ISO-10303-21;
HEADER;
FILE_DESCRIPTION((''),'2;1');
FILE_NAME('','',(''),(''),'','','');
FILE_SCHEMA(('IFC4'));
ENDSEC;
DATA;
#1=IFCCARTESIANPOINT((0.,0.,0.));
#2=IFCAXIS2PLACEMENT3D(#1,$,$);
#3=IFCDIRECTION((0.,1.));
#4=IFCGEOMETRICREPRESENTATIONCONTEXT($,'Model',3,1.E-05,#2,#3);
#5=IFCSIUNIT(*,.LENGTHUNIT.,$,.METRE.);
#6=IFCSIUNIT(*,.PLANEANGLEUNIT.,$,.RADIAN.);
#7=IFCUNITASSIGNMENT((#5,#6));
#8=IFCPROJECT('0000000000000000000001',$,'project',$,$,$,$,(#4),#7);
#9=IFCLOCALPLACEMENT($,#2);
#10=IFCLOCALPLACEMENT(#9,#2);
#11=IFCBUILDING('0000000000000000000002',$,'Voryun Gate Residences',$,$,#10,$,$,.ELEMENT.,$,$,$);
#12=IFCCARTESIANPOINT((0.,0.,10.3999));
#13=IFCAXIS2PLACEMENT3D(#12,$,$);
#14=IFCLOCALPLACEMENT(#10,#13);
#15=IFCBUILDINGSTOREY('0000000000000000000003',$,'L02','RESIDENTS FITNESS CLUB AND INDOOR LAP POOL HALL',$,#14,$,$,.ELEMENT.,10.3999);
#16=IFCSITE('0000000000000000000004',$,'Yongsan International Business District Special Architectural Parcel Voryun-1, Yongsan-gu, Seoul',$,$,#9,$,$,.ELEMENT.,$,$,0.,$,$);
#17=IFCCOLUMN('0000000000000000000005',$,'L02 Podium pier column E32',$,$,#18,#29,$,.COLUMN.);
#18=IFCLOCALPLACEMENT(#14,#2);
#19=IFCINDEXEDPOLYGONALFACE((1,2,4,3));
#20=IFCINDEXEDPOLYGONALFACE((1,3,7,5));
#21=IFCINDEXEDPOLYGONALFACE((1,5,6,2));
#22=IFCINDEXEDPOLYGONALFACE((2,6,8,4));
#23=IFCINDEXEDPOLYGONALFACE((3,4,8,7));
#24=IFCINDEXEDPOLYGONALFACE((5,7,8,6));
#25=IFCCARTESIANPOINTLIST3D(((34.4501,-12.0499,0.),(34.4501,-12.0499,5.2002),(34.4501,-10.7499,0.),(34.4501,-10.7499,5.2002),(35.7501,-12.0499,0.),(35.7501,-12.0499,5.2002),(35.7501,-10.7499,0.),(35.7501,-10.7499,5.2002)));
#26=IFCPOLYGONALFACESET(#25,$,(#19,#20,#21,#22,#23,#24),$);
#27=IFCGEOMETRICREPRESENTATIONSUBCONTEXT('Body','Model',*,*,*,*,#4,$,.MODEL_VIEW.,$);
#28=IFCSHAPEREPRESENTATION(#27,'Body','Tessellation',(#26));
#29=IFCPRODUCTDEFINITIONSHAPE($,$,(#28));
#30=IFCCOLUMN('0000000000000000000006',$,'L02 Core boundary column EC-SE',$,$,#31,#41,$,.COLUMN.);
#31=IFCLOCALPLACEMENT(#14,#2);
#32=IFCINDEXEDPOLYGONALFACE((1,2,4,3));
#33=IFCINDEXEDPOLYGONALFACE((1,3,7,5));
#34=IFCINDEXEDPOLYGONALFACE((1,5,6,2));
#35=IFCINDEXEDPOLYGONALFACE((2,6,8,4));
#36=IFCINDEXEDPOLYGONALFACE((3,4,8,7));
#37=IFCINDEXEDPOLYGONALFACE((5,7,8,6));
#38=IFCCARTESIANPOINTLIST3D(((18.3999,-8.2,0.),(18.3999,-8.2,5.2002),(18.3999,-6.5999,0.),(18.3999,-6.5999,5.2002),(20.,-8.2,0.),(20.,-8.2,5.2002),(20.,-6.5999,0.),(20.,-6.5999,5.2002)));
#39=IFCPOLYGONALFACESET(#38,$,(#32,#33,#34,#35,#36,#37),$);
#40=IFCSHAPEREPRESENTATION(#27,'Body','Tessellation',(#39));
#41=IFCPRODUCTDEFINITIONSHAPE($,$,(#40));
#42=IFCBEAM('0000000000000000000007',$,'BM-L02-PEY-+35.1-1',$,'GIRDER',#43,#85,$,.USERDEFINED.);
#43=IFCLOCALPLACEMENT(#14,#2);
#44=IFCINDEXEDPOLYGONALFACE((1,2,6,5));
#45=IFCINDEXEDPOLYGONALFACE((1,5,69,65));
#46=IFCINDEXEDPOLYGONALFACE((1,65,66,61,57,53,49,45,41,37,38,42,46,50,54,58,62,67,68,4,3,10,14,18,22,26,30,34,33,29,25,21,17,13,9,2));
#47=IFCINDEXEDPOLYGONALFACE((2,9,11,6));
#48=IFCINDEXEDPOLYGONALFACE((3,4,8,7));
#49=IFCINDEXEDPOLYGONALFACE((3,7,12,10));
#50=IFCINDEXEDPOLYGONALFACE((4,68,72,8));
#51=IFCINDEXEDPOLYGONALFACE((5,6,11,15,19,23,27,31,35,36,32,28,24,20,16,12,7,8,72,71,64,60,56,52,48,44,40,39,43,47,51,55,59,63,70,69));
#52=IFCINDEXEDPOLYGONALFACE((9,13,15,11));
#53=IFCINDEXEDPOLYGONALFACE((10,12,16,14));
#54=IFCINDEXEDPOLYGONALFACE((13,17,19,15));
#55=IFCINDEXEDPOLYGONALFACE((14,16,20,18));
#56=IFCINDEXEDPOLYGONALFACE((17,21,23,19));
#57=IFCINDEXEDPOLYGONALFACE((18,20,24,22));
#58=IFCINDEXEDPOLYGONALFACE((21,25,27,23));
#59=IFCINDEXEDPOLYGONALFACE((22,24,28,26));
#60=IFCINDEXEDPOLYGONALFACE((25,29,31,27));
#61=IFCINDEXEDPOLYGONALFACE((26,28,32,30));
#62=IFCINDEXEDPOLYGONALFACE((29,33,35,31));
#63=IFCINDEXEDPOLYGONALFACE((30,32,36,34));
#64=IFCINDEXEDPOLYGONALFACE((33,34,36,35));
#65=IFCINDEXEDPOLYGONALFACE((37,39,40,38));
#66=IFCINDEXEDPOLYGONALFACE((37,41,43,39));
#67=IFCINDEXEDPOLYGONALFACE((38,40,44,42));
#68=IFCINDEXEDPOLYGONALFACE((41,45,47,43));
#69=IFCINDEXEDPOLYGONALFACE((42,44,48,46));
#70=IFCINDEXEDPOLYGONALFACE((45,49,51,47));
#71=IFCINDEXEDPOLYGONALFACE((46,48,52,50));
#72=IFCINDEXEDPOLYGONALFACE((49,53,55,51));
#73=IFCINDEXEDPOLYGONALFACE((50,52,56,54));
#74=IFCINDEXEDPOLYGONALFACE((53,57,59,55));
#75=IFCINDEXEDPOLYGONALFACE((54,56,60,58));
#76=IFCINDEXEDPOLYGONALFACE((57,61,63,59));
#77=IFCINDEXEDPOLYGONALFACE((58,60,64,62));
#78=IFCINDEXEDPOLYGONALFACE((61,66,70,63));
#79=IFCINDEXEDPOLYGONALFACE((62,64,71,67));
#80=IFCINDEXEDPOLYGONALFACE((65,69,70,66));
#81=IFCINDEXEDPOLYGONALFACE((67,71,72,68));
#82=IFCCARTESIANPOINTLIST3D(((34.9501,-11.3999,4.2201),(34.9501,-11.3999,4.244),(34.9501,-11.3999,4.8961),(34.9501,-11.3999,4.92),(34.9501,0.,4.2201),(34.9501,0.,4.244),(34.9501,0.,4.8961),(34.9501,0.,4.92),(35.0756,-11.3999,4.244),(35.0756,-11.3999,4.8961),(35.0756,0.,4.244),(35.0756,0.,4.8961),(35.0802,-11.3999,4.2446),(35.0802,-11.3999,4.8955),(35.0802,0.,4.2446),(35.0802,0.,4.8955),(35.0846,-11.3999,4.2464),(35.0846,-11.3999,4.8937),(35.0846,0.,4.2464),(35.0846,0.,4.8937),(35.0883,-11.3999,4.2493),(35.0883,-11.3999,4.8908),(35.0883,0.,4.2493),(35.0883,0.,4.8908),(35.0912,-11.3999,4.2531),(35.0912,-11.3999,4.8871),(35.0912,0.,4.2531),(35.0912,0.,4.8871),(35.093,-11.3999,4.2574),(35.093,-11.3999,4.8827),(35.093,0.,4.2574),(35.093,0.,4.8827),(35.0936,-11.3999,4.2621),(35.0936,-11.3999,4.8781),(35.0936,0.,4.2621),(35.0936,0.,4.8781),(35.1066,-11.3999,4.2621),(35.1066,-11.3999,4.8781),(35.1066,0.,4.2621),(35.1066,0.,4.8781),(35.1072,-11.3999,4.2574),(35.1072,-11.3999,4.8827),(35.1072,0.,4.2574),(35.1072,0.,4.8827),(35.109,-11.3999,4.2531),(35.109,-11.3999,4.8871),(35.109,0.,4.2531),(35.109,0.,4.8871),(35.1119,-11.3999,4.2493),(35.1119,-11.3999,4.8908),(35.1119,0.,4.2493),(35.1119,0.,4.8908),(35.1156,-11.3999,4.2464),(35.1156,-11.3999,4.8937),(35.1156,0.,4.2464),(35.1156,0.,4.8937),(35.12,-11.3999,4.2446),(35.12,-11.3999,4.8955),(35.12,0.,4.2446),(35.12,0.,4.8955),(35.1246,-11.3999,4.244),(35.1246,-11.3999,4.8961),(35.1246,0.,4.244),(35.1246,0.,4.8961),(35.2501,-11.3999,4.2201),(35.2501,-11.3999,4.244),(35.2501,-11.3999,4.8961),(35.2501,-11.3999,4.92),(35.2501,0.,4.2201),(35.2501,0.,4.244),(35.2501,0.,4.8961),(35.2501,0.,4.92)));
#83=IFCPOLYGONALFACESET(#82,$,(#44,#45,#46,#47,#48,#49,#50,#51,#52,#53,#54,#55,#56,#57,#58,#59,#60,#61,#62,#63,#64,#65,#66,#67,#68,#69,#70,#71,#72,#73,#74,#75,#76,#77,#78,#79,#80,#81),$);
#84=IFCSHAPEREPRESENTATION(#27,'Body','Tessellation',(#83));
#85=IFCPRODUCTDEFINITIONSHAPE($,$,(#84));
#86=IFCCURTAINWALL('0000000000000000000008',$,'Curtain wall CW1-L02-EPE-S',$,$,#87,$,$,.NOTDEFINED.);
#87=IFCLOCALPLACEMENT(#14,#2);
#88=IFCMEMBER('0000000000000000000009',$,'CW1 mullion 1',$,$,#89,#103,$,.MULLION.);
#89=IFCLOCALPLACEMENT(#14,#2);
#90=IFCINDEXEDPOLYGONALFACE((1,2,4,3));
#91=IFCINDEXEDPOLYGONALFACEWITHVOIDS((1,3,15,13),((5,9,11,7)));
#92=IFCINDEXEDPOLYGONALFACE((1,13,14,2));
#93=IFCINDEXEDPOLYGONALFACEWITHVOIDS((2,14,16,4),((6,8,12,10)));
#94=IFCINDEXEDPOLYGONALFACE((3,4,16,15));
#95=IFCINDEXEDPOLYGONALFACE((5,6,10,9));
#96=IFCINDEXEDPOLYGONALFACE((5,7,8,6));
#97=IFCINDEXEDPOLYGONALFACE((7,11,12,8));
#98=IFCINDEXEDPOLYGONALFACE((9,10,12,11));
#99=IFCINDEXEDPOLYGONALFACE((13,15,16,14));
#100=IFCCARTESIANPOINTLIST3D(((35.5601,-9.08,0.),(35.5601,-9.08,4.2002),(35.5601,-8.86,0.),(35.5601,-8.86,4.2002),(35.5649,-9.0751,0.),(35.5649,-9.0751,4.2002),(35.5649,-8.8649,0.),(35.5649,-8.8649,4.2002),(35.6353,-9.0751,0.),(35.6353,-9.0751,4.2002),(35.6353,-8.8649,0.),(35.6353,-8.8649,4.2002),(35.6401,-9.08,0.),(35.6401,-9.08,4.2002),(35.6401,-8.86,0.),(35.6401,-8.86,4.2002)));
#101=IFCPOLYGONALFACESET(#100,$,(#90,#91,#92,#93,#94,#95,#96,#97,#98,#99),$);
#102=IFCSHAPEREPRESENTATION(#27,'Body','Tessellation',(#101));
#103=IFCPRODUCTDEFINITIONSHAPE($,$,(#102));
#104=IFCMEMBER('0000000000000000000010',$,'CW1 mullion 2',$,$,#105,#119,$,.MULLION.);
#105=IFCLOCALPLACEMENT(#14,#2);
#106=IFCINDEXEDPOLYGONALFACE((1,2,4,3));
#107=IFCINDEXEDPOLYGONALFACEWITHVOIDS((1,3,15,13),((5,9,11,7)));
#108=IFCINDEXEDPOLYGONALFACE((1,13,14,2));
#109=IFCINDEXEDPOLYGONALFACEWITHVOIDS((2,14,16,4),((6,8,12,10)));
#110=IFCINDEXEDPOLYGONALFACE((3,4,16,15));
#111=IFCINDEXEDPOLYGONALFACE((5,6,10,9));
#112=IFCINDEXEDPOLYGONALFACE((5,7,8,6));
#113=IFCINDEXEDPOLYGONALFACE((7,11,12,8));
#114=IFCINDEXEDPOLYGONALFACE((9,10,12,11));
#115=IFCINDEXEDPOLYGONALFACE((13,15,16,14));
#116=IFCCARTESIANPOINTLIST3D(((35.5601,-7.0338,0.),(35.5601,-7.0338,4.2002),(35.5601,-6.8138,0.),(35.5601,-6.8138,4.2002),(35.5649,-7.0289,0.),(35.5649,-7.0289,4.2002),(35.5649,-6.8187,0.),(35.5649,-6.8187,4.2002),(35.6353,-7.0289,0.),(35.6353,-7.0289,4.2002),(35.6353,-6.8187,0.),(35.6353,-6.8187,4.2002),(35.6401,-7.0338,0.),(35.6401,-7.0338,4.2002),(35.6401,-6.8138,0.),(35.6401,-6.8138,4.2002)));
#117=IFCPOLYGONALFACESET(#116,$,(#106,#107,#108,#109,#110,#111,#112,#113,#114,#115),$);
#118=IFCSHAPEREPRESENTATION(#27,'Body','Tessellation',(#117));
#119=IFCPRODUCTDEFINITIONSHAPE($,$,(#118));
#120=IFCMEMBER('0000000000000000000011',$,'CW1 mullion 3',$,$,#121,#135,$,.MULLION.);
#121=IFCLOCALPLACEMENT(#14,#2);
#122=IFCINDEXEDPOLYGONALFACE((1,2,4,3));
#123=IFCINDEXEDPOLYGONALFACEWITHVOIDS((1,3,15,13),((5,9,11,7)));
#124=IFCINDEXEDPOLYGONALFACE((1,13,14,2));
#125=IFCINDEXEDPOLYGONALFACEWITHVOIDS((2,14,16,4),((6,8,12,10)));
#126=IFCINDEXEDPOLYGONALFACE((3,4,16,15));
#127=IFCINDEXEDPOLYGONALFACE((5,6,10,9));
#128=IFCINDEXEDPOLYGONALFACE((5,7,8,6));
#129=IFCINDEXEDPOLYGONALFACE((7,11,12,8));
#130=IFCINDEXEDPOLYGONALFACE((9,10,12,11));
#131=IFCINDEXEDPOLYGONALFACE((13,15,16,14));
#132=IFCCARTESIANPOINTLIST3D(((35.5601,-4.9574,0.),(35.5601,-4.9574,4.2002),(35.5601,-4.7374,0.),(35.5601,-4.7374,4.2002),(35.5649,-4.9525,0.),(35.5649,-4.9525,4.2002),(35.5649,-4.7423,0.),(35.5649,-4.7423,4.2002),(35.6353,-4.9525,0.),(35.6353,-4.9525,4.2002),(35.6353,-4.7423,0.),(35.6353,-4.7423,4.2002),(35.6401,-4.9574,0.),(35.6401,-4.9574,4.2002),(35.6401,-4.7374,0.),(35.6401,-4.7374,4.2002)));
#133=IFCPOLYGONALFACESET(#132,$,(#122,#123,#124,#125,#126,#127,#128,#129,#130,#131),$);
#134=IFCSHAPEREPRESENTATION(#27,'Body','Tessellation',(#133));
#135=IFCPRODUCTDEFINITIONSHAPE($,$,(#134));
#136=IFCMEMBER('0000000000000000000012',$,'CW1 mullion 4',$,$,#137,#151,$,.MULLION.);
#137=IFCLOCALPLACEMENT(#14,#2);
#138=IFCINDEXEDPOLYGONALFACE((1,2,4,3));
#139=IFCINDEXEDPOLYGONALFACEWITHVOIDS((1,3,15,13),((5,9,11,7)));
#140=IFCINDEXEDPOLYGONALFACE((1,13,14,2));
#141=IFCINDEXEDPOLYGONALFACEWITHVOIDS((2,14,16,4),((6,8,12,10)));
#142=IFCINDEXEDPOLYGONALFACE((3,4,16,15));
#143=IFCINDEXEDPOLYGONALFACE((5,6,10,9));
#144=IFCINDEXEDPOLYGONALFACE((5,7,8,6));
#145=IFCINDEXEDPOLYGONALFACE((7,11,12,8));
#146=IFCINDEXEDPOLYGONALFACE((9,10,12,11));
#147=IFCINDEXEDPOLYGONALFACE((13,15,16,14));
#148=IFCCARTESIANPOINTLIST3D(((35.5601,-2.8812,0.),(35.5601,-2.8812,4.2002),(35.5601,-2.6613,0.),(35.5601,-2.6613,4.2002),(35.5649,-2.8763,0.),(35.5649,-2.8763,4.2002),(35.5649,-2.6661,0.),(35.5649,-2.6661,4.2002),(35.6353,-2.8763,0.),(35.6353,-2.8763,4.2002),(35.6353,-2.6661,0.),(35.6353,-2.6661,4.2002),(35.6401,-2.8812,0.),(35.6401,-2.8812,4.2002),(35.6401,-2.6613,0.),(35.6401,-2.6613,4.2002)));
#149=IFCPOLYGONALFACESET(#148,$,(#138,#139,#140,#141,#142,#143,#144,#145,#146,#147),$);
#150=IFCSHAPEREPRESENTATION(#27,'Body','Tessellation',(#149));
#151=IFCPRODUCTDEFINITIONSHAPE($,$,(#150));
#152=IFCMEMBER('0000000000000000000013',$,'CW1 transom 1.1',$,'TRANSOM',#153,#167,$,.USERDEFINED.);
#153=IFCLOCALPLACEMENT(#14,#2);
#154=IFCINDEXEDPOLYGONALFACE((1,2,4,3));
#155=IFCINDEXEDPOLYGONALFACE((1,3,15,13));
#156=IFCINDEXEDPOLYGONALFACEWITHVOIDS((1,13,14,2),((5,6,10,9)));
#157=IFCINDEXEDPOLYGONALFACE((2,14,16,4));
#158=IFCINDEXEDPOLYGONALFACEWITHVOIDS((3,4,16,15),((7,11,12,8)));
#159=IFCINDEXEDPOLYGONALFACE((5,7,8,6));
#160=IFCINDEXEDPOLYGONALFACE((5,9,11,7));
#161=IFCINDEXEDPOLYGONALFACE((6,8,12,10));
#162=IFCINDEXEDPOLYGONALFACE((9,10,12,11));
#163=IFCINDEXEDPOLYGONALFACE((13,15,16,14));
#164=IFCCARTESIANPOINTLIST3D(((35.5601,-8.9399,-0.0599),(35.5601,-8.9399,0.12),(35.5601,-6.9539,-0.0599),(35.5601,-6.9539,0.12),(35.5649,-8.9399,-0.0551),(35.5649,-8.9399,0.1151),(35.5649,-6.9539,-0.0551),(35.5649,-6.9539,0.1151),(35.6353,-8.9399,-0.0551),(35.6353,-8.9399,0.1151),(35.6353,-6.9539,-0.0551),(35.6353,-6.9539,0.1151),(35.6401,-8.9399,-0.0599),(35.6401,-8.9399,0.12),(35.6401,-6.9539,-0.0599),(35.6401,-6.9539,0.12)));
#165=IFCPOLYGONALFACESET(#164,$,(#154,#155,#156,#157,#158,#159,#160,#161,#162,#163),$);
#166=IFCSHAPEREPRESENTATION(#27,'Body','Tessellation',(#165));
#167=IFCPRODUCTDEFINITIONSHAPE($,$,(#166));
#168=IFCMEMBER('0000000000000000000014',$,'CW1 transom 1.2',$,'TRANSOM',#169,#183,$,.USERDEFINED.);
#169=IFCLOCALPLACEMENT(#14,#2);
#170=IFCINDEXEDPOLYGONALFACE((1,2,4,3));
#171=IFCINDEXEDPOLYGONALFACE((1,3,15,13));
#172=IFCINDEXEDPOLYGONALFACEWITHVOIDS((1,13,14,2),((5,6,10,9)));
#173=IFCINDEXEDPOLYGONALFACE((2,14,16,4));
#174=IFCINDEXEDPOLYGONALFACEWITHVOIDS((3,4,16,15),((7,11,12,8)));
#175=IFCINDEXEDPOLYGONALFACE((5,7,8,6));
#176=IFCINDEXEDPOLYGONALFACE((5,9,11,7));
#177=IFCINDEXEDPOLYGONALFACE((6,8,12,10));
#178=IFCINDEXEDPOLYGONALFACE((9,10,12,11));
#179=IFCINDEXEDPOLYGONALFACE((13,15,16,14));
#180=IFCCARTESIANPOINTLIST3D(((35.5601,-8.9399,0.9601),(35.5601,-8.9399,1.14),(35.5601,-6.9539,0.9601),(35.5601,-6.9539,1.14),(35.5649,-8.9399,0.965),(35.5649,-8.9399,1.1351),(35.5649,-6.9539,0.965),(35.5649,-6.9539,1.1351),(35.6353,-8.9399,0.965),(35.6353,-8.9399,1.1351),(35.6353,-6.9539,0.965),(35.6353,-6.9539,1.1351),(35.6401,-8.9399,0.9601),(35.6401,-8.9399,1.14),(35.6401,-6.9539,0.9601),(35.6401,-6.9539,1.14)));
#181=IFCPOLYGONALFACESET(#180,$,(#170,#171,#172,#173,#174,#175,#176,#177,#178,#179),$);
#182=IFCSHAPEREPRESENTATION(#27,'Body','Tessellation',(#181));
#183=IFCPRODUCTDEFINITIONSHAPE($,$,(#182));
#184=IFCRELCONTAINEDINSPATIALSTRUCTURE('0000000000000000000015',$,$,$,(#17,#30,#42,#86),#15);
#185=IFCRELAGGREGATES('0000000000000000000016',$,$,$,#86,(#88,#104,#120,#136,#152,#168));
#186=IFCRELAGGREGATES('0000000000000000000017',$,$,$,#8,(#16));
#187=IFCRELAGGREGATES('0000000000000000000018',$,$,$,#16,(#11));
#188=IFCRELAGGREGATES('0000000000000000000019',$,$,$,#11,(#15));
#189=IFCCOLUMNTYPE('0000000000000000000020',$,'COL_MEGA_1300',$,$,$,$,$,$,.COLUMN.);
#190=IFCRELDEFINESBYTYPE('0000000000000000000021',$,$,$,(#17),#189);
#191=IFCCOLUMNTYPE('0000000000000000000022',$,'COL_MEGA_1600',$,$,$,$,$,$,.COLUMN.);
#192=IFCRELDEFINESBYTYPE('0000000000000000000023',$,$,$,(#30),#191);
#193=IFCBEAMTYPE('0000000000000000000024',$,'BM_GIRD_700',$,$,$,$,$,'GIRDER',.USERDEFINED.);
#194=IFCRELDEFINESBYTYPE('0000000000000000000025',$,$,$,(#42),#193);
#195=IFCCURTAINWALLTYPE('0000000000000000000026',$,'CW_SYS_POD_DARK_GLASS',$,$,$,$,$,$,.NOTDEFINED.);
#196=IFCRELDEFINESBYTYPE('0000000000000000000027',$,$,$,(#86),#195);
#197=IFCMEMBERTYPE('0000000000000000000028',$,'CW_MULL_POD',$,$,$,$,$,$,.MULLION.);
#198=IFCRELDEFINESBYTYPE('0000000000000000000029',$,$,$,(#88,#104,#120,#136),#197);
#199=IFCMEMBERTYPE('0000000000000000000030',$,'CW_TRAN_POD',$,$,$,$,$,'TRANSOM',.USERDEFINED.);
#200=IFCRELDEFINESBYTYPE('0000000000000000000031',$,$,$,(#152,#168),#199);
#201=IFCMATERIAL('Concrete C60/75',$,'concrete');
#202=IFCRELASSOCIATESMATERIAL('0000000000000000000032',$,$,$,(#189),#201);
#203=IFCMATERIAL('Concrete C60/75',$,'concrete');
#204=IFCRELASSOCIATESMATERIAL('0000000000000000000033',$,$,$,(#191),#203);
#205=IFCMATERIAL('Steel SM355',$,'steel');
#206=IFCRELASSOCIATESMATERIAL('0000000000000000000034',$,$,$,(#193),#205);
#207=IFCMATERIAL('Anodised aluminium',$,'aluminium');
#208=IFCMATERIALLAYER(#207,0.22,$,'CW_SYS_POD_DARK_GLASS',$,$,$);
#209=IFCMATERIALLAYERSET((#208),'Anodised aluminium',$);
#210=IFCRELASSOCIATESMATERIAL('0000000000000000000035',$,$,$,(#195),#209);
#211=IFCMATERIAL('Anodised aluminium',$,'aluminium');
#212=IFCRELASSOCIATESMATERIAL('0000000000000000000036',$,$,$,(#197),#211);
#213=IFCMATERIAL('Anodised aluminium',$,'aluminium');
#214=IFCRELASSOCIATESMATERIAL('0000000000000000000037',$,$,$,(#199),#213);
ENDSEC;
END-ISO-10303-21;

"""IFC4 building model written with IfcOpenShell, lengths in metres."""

from ifc_helpers import new_model, si_unit, direction, frame, origin, origin_2d, place, context, subcontext, project, spatial, rectangle, hollow_rectangle, i_section, extrude, material, layer, layer_set, material_profile, profile_set, type_object, element, aggregate, save


model = new_model("IFC4")

# Units and contexts
model_context = context("Model", 3, precision=1e-05, world=origin(), true_north=direction((0.0, 1.0)))
body_context = subcontext(model_context, "Body", "Model", "MODEL_VIEW")
ifc_project = project(units=[si_unit("LENGTHUNIT", "METRE"), si_unit("PLANEANGLEUNIT", "RADIAN")], contexts=[model_context])

# Site, building, storey
site_placement = place(None, origin())
site = spatial("IfcSite", under=ifc_project, at=site_placement, Name="Yongsan International Business District Special Architectural Parcel Voryun-1, Yongsan-gu, Seoul", CompositionType="ELEMENT", RefElevation=0.0)
building_placement = place(site_placement, origin())
building = spatial("IfcBuilding", under=site, at=building_placement, Name="Voryun Gate Residences", CompositionType="ELEMENT")
storey_placement = place(building_placement, frame((0.0, 0.0, 10.3999)))
storey = spatial("IfcBuildingStorey", under=building, at=storey_placement, Name="L02", Description="RESIDENTS FITNESS CLUB AND INDOOR LAP POOL HALL", CompositionType="ELEMENT", Elevation=10.3999)

# Columns
ifc_material_1 = material(Name="Concrete C60/75", Category="concrete")
ifc_material_profile_1 = material_profile(ifc_material_1, rectangle(XDim=1.3, YDim=1.3, at=origin_2d()), Name="RC-1300x1300")
ifc_profile_set_1 = profile_set([ifc_material_profile_1], Name="Concrete C60/75")
column_type_1 = type_object("IfcColumnType", Name="COL_MEGA_1300", PredefinedType="COLUMN", material=ifc_profile_set_1)
column_1_placement = place(storey_placement, frame((35.1001, -11.3999, 0.0), z_axis=(0.0, 0.0, 1.0), x_axis=(1.0, 0.0, 0.0)))
element("IfcColumn", 1, at=column_1_placement, inside=storey, type_object=column_type_1, Name="L02 Podium pier column E32", PredefinedType="COLUMN", context=body_context, shape_type="SweptSolid", body=[
    extrude(rectangle(XDim=1.3, YDim=1.3, at=origin_2d()), origin(), (0.0, 0.0, 1.0), 5.2002),
])
ifc_material_2 = material(Name="Concrete C60/75", Category="concrete")
ifc_material_profile_2 = material_profile(ifc_material_2, rectangle(XDim=1.6001, YDim=1.6001, at=origin_2d()), Name="RC-1600x1600")
ifc_profile_set_2 = profile_set([ifc_material_profile_2], Name="Concrete C60/75")
column_type_2 = type_object("IfcColumnType", Name="COL_MEGA_1600", PredefinedType="COLUMN", material=ifc_profile_set_2)
column_2_placement = place(storey_placement, frame((19.2, -7.3999, 0.0), z_axis=(0.0, 0.0, 1.0), x_axis=(1.0, 0.0, 0.0)))
element("IfcColumn", 2, at=column_2_placement, inside=storey, type_object=column_type_2, Name="L02 Core boundary column EC-SE", PredefinedType="COLUMN", context=body_context, shape_type="SweptSolid", body=[
    extrude(rectangle(XDim=1.6001, YDim=1.6001, at=origin_2d()), origin(), (0.0, 0.0, 1.0), 5.2002),
])

# Beam
ifc_material_3 = material(Name="Steel SM355", Category="steel")
ifc_material_profile_3 = material_profile(ifc_material_3, i_section(OverallWidth=0.3, OverallDepth=0.7, WebThickness=0.0129, FlangeThickness=0.0239, FilletRadius=0.0181, at=origin_2d()), Name="H-700x300x13x24")
ifc_profile_set_3 = profile_set([ifc_material_profile_3], Name="Steel SM355")
beam_type = type_object("IfcBeamType", Name="BM_GIRD_700", ElementType="GIRDER", PredefinedType="USERDEFINED", material=ifc_profile_set_3)
beam_placement = place(storey_placement, frame((35.1001, -11.3999, 4.5701), z_axis=(0.0, 1.0, 0.0), x_axis=(-1.0, 0.0, 0.0)))
element("IfcBeam", 3, at=beam_placement, inside=storey, type_object=beam_type, Name="BM-L02-PEY-+35.1-1", ObjectType="GIRDER", PredefinedType="USERDEFINED", context=body_context, shape_type="SweptSolid", body=[
    extrude(i_section(OverallWidth=0.3, OverallDepth=0.7, WebThickness=0.0129, FlangeThickness=0.0239, FilletRadius=0.0181, at=origin_2d()), origin(), (0.0, 0.0, 1.0), 11.3999),
])

# Curtain wall, members
ifc_material_4 = material(Name="Anodised aluminium", Category="aluminium")
ifc_layer_1 = layer(ifc_material_4, 0.22, Name="CW_SYS_POD_DARK_GLASS")
ifc_layer_set_1 = layer_set([ifc_layer_1], Name="Anodised aluminium")
curtain_wall_type = type_object("IfcCurtainWallType", Name="CW_SYS_POD_DARK_GLASS", PredefinedType="NOTDEFINED", material=ifc_layer_set_1)
curtain_wall_placement = place(storey_placement, origin())
curtain_wall = element("IfcCurtainWall", 4, at=curtain_wall_placement, inside=storey, type_object=curtain_wall_type, Name="Curtain wall CW1-L02-EPE-S", PredefinedType="NOTDEFINED")
ifc_material_5 = material(Name="Anodised aluminium", Category="aluminium")
ifc_material_profile_4 = material_profile(ifc_material_5, hollow_rectangle(XDim=0.0801, YDim=0.22, WallThickness=0.0049, at=origin_2d()), Name="ALU-MULL-220x80x5")
ifc_profile_set_4 = profile_set([ifc_material_profile_4], Name="Anodised aluminium")
member_type_1 = type_object("IfcMemberType", Name="CW_MULL_POD", PredefinedType="MULLION", material=ifc_profile_set_4)
member_1_placement = place(storey_placement, frame((35.6001, -8.97, 0.0), z_axis=(0.0, 0.0, 1.0), x_axis=(-1.0, 0.0, 0.0)))
member_1 = element("IfcMember", 5, at=member_1_placement, type_object=member_type_1, Name="CW1 mullion 1", PredefinedType="MULLION", context=body_context, shape_type="SweptSolid", body=[
    extrude(hollow_rectangle(XDim=0.0801, YDim=0.22, WallThickness=0.0049, at=origin_2d()), origin(), (0.0, 0.0, 1.0), 4.2002),
])
member_2_placement = place(storey_placement, frame((35.6001, -6.9238, 0.0), z_axis=(0.0, 0.0, 1.0), x_axis=(-1.0, 0.0, 0.0)))
member_2 = element("IfcMember", 6, at=member_2_placement, type_object=member_type_1, Name="CW1 mullion 2", PredefinedType="MULLION", context=body_context, shape_type="SweptSolid", body=[
    extrude(hollow_rectangle(XDim=0.0801, YDim=0.22, WallThickness=0.0049, at=origin_2d()), origin(), (0.0, 0.0, 1.0), 4.2002),
])
member_3_placement = place(storey_placement, frame((35.6001, -4.8474, 0.0), z_axis=(0.0, 0.0, 1.0), x_axis=(-1.0, 0.0, 0.0)))
member_3 = element("IfcMember", 7, at=member_3_placement, type_object=member_type_1, Name="CW1 mullion 3", PredefinedType="MULLION", context=body_context, shape_type="SweptSolid", body=[
    extrude(hollow_rectangle(XDim=0.0801, YDim=0.22, WallThickness=0.0049, at=origin_2d()), origin(), (0.0, 0.0, 1.0), 4.2002),
])
member_4_placement = place(storey_placement, frame((35.6001, -2.7712, 0.0), z_axis=(0.0, 0.0, 1.0), x_axis=(-1.0, 0.0, 0.0)))
member_4 = element("IfcMember", 8, at=member_4_placement, type_object=member_type_1, Name="CW1 mullion 4", PredefinedType="MULLION", context=body_context, shape_type="SweptSolid", body=[
    extrude(hollow_rectangle(XDim=0.0801, YDim=0.22, WallThickness=0.0049, at=origin_2d()), origin(), (0.0, 0.0, 1.0), 4.2002),
])
ifc_material_6 = material(Name="Anodised aluminium", Category="aluminium")
ifc_material_profile_5 = material_profile(ifc_material_6, hollow_rectangle(XDim=0.0801, YDim=0.1799, WallThickness=0.0049, at=origin_2d()), Name="ALU-TRAN-180x80x5")
ifc_profile_set_5 = profile_set([ifc_material_profile_5], Name="Anodised aluminium")
member_type_2 = type_object("IfcMemberType", Name="CW_TRAN_POD", ElementType="TRANSOM", PredefinedType="USERDEFINED", material=ifc_profile_set_5)
member_5_placement = place(storey_placement, frame((35.6001, -8.9399, 0.03), z_axis=(0.0, 1.0, 0.0), x_axis=(-1.0, 0.0, 0.0)))
member_5 = element("IfcMember", 9, at=member_5_placement, type_object=member_type_2, Name="CW1 transom 1.1", ObjectType="TRANSOM", PredefinedType="USERDEFINED", context=body_context, shape_type="SweptSolid", body=[
    extrude(hollow_rectangle(XDim=0.0801, YDim=0.1799, WallThickness=0.0049, at=origin_2d()), origin(), (0.0, 0.0, 1.0), 1.9861),
])
member_6_placement = place(storey_placement, frame((35.6001, -8.9399, 1.05), z_axis=(0.0, 1.0, 0.0), x_axis=(-1.0, 0.0, 0.0)))
member_6 = element("IfcMember", 10, at=member_6_placement, type_object=member_type_2, Name="CW1 transom 1.2", ObjectType="TRANSOM", PredefinedType="USERDEFINED", context=body_context, shape_type="SweptSolid", body=[
    extrude(hollow_rectangle(XDim=0.0801, YDim=0.1799, WallThickness=0.0049, at=origin_2d()), origin(), (0.0, 0.0, 1.0), 1.9861),
])
aggregate(curtain_wall, [member_1, member_2, member_3, member_4, member_5, member_6])

save(model, "model.ifc")
